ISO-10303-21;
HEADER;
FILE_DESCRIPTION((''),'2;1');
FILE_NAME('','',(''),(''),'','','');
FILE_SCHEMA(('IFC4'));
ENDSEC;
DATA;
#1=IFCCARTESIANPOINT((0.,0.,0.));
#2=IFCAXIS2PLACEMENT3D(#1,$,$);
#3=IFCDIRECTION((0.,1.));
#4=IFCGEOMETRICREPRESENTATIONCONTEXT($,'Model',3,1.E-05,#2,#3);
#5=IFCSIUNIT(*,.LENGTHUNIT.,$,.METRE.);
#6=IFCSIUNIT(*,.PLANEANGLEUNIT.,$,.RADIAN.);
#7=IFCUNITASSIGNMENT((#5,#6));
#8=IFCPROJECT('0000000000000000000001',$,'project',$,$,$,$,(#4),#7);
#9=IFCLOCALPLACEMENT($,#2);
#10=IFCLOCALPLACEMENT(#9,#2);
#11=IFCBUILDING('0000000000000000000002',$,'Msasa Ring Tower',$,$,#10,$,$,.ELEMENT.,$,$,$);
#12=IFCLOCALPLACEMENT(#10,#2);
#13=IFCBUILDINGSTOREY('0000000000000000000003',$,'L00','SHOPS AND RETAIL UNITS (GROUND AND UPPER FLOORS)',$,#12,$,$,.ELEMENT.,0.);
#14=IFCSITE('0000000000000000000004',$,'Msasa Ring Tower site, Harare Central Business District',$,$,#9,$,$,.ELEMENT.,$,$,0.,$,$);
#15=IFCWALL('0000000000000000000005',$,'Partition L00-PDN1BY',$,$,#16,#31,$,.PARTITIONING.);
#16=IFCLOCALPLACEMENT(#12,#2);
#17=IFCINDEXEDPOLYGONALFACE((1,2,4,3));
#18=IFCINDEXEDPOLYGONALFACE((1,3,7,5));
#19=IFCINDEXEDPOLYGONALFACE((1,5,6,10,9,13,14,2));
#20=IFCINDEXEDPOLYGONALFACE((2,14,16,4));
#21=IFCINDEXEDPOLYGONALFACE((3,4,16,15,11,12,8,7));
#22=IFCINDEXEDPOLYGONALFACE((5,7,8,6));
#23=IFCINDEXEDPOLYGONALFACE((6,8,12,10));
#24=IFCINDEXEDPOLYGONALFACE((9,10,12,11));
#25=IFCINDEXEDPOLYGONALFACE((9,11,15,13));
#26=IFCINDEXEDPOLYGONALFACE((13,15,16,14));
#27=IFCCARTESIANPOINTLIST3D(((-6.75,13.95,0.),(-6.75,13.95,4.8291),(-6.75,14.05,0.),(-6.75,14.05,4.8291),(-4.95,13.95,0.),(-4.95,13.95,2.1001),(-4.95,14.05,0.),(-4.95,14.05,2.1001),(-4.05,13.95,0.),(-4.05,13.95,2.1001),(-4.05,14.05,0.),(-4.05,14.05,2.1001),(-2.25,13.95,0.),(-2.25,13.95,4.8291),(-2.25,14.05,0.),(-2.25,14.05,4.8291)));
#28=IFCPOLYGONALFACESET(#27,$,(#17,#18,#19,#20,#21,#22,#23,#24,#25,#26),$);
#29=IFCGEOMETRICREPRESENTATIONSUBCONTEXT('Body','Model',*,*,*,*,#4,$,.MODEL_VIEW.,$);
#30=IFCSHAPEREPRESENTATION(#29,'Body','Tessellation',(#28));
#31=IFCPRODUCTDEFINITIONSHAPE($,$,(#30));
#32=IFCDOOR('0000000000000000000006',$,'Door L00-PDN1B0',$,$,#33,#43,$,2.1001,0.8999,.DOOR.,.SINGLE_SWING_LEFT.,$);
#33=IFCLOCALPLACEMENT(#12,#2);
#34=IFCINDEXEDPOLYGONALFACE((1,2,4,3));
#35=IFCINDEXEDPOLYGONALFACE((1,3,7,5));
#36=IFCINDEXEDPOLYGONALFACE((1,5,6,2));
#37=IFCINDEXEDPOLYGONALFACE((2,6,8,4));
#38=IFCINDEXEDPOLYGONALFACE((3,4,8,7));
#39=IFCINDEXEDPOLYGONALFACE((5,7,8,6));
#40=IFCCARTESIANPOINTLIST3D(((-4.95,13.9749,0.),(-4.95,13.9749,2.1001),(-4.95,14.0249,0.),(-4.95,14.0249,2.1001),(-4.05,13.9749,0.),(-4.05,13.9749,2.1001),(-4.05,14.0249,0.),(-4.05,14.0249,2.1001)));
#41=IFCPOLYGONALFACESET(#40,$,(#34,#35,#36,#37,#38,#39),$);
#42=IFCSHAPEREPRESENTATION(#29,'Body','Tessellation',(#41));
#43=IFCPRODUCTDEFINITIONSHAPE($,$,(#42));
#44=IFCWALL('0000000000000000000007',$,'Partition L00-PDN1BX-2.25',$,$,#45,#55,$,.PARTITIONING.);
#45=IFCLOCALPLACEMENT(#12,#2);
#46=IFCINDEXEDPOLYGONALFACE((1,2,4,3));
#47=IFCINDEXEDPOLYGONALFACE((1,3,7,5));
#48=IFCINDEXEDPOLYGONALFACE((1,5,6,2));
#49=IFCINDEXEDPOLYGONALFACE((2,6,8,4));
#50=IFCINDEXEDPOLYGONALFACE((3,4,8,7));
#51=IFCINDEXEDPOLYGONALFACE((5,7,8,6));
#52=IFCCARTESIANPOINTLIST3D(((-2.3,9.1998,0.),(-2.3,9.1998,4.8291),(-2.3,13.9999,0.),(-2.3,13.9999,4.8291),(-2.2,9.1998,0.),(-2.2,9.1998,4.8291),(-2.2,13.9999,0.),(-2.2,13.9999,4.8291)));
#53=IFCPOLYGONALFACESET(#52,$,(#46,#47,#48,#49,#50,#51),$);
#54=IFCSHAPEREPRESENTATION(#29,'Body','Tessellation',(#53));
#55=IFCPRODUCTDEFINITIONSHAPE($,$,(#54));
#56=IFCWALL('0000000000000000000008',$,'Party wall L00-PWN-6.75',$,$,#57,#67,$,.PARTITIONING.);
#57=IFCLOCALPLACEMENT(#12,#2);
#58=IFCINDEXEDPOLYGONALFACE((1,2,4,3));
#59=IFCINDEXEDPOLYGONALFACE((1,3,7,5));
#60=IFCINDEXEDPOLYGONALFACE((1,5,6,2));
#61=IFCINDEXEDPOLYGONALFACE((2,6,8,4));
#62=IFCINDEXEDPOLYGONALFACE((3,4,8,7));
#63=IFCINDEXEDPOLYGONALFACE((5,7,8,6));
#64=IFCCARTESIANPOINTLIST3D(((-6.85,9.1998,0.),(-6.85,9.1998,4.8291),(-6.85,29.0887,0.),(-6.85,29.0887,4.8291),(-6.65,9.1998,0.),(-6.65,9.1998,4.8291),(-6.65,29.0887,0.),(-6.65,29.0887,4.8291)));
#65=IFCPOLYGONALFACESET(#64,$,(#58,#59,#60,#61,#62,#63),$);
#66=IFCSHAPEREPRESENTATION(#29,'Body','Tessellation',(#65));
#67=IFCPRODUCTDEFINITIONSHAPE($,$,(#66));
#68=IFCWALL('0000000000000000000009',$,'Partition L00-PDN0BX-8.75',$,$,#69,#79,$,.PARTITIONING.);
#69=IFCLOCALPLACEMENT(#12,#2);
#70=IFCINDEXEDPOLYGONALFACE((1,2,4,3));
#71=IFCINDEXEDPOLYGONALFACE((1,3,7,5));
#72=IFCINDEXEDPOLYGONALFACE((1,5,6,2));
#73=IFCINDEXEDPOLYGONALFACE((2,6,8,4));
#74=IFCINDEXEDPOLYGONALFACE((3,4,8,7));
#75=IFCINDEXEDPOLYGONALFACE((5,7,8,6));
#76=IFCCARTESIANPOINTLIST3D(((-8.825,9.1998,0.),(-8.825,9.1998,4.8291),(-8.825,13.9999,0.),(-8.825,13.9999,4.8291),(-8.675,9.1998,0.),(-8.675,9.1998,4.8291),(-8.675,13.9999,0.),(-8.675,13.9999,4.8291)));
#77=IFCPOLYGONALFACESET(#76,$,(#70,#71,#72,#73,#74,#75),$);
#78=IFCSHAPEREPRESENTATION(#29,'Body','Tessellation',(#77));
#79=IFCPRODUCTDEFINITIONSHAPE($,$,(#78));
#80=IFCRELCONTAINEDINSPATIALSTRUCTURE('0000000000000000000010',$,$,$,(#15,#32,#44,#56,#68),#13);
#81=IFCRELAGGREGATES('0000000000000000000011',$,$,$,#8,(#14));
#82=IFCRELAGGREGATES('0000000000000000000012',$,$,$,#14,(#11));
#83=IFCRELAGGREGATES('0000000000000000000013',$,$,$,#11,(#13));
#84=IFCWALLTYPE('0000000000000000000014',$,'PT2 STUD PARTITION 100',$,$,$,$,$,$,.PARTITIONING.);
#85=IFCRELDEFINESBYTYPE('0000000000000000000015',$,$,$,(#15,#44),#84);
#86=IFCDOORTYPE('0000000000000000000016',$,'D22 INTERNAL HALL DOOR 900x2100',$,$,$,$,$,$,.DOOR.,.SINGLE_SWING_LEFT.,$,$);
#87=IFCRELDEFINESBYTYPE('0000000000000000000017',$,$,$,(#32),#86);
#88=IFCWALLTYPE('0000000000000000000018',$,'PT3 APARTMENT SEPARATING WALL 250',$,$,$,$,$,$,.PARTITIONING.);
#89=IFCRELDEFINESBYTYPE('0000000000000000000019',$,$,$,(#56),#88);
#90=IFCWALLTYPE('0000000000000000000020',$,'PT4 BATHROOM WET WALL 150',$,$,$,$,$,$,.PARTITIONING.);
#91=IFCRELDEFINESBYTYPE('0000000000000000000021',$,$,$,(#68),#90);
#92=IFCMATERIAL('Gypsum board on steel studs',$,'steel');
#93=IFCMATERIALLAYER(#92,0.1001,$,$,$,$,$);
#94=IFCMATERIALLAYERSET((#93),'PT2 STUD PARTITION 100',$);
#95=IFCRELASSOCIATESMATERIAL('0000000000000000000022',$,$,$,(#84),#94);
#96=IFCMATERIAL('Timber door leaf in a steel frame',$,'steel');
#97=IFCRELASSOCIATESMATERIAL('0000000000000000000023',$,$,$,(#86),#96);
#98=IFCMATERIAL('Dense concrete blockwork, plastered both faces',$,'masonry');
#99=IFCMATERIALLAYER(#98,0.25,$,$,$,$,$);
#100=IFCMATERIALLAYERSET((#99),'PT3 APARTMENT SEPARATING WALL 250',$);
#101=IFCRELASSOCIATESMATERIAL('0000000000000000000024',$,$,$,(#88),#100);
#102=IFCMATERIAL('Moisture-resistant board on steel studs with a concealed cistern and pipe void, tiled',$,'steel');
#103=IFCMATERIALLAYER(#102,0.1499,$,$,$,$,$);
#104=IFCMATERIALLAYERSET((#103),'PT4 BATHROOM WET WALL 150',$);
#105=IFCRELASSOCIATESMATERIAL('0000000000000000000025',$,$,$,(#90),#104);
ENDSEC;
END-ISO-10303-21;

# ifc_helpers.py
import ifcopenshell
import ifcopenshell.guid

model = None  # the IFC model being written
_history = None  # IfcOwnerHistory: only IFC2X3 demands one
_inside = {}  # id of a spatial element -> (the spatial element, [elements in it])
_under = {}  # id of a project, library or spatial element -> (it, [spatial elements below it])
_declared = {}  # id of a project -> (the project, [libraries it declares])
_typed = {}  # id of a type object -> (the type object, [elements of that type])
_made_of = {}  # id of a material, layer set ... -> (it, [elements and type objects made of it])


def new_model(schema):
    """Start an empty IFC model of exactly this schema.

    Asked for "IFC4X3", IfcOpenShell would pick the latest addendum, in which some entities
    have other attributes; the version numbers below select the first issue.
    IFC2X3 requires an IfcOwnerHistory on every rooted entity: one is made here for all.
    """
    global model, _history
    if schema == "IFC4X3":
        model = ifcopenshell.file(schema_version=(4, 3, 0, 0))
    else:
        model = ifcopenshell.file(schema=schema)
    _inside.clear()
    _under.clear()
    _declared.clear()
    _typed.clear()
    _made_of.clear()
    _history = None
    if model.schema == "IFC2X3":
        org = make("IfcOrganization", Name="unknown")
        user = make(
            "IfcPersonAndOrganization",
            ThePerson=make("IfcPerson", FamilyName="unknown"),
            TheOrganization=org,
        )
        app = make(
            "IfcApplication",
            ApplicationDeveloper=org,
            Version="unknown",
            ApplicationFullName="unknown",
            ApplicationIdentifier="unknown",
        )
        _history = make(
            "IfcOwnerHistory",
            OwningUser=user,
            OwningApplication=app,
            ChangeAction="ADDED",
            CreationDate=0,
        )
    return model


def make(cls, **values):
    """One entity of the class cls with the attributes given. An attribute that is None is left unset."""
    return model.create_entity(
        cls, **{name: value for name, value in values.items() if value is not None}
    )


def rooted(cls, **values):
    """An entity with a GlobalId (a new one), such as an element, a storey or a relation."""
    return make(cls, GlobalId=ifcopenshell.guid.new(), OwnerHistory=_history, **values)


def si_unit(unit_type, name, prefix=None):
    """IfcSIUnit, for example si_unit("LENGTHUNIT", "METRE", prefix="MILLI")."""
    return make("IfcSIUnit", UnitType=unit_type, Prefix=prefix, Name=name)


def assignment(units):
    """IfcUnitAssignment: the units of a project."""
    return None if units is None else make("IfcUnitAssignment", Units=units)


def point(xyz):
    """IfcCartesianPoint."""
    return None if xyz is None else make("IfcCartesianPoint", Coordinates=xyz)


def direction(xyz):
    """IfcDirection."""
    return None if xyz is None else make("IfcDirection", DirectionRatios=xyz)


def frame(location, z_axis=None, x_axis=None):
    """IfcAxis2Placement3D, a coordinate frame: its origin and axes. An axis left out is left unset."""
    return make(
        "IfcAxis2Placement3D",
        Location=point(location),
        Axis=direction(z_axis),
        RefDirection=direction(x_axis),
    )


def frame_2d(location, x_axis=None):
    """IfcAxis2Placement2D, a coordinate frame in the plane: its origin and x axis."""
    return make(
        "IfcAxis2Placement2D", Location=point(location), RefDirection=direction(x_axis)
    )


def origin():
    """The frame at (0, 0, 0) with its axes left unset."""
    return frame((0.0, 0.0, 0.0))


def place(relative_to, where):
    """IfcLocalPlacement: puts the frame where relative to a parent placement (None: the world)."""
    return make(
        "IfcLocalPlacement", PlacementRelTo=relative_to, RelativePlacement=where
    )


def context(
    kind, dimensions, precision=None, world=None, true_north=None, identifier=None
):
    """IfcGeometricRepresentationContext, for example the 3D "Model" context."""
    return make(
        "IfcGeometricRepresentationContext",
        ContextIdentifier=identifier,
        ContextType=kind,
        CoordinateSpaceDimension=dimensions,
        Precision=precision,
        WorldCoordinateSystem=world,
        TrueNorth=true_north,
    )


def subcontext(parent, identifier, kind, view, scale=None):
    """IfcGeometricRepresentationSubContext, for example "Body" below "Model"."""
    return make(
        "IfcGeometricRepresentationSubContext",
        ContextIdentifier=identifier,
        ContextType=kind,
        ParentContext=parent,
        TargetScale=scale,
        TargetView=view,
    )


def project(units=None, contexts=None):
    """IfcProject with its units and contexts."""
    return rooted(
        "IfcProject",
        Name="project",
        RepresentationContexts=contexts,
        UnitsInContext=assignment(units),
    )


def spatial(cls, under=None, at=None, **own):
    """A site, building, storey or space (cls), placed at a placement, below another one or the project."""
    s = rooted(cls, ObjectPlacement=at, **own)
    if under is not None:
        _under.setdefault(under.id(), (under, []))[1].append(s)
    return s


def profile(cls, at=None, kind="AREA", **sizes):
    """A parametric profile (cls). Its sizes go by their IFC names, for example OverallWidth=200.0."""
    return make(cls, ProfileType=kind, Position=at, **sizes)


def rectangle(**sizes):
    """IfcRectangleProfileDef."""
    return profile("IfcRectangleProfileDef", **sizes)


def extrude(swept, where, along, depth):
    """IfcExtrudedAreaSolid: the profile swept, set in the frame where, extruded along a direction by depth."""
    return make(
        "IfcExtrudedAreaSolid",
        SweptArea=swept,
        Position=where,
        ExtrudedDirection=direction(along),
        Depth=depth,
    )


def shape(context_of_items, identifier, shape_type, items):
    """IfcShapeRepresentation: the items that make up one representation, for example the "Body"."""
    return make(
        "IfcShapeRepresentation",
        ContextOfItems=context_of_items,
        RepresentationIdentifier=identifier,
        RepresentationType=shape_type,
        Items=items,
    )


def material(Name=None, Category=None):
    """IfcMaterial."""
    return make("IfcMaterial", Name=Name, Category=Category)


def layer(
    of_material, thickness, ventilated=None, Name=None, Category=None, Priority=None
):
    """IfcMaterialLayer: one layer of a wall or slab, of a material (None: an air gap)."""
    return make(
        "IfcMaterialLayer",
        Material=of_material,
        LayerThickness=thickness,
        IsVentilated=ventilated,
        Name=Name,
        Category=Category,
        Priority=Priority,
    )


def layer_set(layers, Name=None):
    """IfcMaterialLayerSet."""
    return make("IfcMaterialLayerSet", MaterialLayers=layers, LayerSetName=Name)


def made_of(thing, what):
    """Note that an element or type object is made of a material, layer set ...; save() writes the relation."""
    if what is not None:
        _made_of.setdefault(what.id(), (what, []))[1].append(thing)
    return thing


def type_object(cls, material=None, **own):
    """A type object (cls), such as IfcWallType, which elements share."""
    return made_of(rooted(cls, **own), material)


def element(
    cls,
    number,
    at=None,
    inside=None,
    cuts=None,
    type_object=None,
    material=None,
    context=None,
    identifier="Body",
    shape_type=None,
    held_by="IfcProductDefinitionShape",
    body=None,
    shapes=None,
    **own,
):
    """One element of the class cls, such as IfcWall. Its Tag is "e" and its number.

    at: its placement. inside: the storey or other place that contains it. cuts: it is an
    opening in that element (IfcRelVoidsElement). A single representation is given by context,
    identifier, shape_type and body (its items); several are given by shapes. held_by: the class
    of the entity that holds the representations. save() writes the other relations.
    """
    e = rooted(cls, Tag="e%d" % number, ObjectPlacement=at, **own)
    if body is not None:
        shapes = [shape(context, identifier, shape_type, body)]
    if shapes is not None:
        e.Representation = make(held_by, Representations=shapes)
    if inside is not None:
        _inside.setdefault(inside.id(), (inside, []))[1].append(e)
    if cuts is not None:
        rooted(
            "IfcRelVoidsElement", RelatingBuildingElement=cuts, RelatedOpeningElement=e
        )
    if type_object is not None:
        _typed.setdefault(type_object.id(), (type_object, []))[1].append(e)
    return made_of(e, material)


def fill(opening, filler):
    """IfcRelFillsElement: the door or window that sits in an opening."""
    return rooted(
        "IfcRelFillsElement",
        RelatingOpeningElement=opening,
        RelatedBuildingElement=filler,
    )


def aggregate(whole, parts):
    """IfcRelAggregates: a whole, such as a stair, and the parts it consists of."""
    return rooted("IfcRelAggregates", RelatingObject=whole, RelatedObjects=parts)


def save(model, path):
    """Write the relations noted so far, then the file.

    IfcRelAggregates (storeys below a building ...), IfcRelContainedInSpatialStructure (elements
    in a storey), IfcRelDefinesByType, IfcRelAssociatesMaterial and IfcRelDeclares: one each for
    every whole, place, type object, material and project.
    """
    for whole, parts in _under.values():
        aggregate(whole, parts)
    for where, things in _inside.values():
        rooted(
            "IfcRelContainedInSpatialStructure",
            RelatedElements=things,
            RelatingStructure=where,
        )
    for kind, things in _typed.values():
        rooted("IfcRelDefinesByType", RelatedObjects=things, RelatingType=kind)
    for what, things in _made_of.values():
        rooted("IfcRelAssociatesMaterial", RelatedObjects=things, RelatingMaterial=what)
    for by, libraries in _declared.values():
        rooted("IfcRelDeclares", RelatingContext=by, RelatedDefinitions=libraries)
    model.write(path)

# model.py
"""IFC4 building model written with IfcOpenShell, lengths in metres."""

from ifc_helpers import new_model, si_unit, direction, frame, frame_2d, origin, place, context, subcontext, project, spatial, rectangle, extrude, material, layer, layer_set, type_object, element, fill, save


model = new_model("IFC4")

# Units and contexts
model_context = context("Model", 3, precision=1e-05, world=origin(), true_north=direction((0.0, 1.0)))
body_context = subcontext(model_context, "Body", "Model", "MODEL_VIEW")
ifc_project = project(units=[si_unit("LENGTHUNIT", "METRE"), si_unit("PLANEANGLEUNIT", "RADIAN")], contexts=[model_context])

# Site, building, storey
site_placement = place(None, origin())
site = spatial("IfcSite", under=ifc_project, at=site_placement, Name="Msasa Ring Tower site, Harare Central Business District", CompositionType="ELEMENT", RefElevation=0.0)
building_placement = place(site_placement, origin())
building = spatial("IfcBuilding", under=site, at=building_placement, Name="Msasa Ring Tower", CompositionType="ELEMENT")
storey_placement = place(building_placement, origin())
storey = spatial("IfcBuildingStorey", under=building, at=storey_placement, Name="L00", Description="SHOPS AND RETAIL UNITS (GROUND AND UPPER FLOORS)", CompositionType="ELEMENT", Elevation=0.0)

# Shared definitions
ifc_material_1 = material(Name="Gypsum board on steel studs", Category="steel")
ifc_layer_1 = layer(ifc_material_1, 0.1001)
ifc_layer_set_1 = layer_set([ifc_layer_1], Name="PT2 STUD PARTITION 100")
wall_type_1 = type_object("IfcWallType", Name="PT2 STUD PARTITION 100", PredefinedType="PARTITIONING", material=ifc_layer_set_1)
ifc_material_2 = material(Name="Timber door leaf in a steel frame", Category="steel")
door_type_1 = type_object("IfcDoorType", Name="D22 INTERNAL HALL DOOR 900x2100", OperationType="SINGLE_SWING_LEFT", PredefinedType="DOOR", material=ifc_material_2)

# Wall, opening, door
wall_1_placement = place(storey_placement, frame((-6.75, 14.0, 0.0), z_axis=(0.0, 0.0, 1.0), x_axis=(1.0, 0.0, 0.0)))
wall_1 = element("IfcWall", 1, at=wall_1_placement, inside=storey, type_object=wall_type_1, Name="Partition L00-PDN1BY", PredefinedType="PARTITIONING", context=body_context, shape_type="SweptSolid", body=[
    extrude(rectangle(XDim=4.5, YDim=0.1001, at=frame_2d((2.25, 0.0))), origin(), (0.0, 0.0, 1.0), 4.8291),
])
opening_1_placement = place(wall_1_placement, frame((1.8, 0.0, 0.0)))
opening_1 = element("IfcOpeningElement", 2, at=opening_1_placement, cuts=wall_1, PredefinedType="OPENING", context=body_context, shape_type="SweptSolid", body=[
    extrude(rectangle(XDim=0.8999, YDim=2.1001, at=frame_2d((0.45, 1.05))), frame((0.0, 0.0601, 0.0), z_axis=(0.0, -1.0, 0.0), x_axis=(1.0, 0.0, 0.0)), (0.0, 0.0, 1.0), 0.1201),
])
door_1_placement = place(opening_1_placement, origin())
door_1 = element("IfcDoor", 3, at=door_1_placement, inside=storey, type_object=door_type_1, Name="Door L00-PDN1B0", OperationType="SINGLE_SWING_LEFT", OverallHeight=2.1001, OverallWidth=0.8999, PredefinedType="DOOR", context=body_context, shape_type="SweptSolid", body=[
    extrude(rectangle(XDim=0.8999, YDim=2.1001, at=frame_2d((0.45, 1.05))), frame((0.0, 0.0249, 0.0), z_axis=(0.0, -1.0, 0.0), x_axis=(1.0, 0.0, 0.0)), (0.0, 0.0, 1.0), 0.05),
])
fill(opening_1, door_1)

# Walls
wall_2_placement = place(storey_placement, frame((-2.25, 9.2, 0.0), z_axis=(0.0, 0.0, 1.0), x_axis=(0.0, 1.0, 0.0)))
element("IfcWall", 4, at=wall_2_placement, inside=storey, type_object=wall_type_1, Name="Partition L00-PDN1BX-2.25", PredefinedType="PARTITIONING", context=body_context, shape_type="SweptSolid", body=[
    extrude(rectangle(XDim=4.8, YDim=0.1001, at=frame_2d((2.3999, 0.0))), origin(), (0.0, 0.0, 1.0), 4.8291),
])
ifc_material_3 = material(Name="Dense concrete blockwork, plastered both faces", Category="masonry")
ifc_layer_2 = layer(ifc_material_3, 0.25)
ifc_layer_set_2 = layer_set([ifc_layer_2], Name="PT3 APARTMENT SEPARATING WALL 250")
wall_type_2 = type_object("IfcWallType", Name="PT3 APARTMENT SEPARATING WALL 250", PredefinedType="PARTITIONING", material=ifc_layer_set_2)
wall_3_placement = place(storey_placement, frame((-6.75, 9.2, 0.0), z_axis=(0.0, 0.0, 1.0), x_axis=(0.0, 1.0, 0.0)))
element("IfcWall", 5, at=wall_3_placement, inside=storey, type_object=wall_type_2, Name="Party wall L00-PWN-6.75", PredefinedType="PARTITIONING", context=body_context, shape_type="SweptSolid", body=[
    extrude(rectangle(XDim=19.8889, YDim=0.2, at=frame_2d((9.9443, 0.0))), origin(), (0.0, 0.0, 1.0), 4.8291),
])
ifc_material_4 = material(Name="Moisture-resistant board on steel studs with a concealed cistern and pipe void, tiled", Category="steel")
ifc_layer_3 = layer(ifc_material_4, 0.1499)
ifc_layer_set_3 = layer_set([ifc_layer_3], Name="PT4 BATHROOM WET WALL 150")
wall_type_3 = type_object("IfcWallType", Name="PT4 BATHROOM WET WALL 150", PredefinedType="PARTITIONING", material=ifc_layer_set_3)
wall_4_placement = place(storey_placement, frame((-8.75, 9.2, 0.0), z_axis=(0.0, 0.0, 1.0), x_axis=(0.0, 1.0, 0.0)))
element("IfcWall", 6, at=wall_4_placement, inside=storey, type_object=wall_type_3, Name="Partition L00-PDN0BX-8.75", PredefinedType="PARTITIONING", context=body_context, shape_type="SweptSolid", body=[
    extrude(rectangle(XDim=4.8, YDim=0.1499, at=frame_2d((2.3999, 0.0))), origin(), (0.0, 0.0, 1.0), 4.8291),
])

save(model, "model.ifc")
